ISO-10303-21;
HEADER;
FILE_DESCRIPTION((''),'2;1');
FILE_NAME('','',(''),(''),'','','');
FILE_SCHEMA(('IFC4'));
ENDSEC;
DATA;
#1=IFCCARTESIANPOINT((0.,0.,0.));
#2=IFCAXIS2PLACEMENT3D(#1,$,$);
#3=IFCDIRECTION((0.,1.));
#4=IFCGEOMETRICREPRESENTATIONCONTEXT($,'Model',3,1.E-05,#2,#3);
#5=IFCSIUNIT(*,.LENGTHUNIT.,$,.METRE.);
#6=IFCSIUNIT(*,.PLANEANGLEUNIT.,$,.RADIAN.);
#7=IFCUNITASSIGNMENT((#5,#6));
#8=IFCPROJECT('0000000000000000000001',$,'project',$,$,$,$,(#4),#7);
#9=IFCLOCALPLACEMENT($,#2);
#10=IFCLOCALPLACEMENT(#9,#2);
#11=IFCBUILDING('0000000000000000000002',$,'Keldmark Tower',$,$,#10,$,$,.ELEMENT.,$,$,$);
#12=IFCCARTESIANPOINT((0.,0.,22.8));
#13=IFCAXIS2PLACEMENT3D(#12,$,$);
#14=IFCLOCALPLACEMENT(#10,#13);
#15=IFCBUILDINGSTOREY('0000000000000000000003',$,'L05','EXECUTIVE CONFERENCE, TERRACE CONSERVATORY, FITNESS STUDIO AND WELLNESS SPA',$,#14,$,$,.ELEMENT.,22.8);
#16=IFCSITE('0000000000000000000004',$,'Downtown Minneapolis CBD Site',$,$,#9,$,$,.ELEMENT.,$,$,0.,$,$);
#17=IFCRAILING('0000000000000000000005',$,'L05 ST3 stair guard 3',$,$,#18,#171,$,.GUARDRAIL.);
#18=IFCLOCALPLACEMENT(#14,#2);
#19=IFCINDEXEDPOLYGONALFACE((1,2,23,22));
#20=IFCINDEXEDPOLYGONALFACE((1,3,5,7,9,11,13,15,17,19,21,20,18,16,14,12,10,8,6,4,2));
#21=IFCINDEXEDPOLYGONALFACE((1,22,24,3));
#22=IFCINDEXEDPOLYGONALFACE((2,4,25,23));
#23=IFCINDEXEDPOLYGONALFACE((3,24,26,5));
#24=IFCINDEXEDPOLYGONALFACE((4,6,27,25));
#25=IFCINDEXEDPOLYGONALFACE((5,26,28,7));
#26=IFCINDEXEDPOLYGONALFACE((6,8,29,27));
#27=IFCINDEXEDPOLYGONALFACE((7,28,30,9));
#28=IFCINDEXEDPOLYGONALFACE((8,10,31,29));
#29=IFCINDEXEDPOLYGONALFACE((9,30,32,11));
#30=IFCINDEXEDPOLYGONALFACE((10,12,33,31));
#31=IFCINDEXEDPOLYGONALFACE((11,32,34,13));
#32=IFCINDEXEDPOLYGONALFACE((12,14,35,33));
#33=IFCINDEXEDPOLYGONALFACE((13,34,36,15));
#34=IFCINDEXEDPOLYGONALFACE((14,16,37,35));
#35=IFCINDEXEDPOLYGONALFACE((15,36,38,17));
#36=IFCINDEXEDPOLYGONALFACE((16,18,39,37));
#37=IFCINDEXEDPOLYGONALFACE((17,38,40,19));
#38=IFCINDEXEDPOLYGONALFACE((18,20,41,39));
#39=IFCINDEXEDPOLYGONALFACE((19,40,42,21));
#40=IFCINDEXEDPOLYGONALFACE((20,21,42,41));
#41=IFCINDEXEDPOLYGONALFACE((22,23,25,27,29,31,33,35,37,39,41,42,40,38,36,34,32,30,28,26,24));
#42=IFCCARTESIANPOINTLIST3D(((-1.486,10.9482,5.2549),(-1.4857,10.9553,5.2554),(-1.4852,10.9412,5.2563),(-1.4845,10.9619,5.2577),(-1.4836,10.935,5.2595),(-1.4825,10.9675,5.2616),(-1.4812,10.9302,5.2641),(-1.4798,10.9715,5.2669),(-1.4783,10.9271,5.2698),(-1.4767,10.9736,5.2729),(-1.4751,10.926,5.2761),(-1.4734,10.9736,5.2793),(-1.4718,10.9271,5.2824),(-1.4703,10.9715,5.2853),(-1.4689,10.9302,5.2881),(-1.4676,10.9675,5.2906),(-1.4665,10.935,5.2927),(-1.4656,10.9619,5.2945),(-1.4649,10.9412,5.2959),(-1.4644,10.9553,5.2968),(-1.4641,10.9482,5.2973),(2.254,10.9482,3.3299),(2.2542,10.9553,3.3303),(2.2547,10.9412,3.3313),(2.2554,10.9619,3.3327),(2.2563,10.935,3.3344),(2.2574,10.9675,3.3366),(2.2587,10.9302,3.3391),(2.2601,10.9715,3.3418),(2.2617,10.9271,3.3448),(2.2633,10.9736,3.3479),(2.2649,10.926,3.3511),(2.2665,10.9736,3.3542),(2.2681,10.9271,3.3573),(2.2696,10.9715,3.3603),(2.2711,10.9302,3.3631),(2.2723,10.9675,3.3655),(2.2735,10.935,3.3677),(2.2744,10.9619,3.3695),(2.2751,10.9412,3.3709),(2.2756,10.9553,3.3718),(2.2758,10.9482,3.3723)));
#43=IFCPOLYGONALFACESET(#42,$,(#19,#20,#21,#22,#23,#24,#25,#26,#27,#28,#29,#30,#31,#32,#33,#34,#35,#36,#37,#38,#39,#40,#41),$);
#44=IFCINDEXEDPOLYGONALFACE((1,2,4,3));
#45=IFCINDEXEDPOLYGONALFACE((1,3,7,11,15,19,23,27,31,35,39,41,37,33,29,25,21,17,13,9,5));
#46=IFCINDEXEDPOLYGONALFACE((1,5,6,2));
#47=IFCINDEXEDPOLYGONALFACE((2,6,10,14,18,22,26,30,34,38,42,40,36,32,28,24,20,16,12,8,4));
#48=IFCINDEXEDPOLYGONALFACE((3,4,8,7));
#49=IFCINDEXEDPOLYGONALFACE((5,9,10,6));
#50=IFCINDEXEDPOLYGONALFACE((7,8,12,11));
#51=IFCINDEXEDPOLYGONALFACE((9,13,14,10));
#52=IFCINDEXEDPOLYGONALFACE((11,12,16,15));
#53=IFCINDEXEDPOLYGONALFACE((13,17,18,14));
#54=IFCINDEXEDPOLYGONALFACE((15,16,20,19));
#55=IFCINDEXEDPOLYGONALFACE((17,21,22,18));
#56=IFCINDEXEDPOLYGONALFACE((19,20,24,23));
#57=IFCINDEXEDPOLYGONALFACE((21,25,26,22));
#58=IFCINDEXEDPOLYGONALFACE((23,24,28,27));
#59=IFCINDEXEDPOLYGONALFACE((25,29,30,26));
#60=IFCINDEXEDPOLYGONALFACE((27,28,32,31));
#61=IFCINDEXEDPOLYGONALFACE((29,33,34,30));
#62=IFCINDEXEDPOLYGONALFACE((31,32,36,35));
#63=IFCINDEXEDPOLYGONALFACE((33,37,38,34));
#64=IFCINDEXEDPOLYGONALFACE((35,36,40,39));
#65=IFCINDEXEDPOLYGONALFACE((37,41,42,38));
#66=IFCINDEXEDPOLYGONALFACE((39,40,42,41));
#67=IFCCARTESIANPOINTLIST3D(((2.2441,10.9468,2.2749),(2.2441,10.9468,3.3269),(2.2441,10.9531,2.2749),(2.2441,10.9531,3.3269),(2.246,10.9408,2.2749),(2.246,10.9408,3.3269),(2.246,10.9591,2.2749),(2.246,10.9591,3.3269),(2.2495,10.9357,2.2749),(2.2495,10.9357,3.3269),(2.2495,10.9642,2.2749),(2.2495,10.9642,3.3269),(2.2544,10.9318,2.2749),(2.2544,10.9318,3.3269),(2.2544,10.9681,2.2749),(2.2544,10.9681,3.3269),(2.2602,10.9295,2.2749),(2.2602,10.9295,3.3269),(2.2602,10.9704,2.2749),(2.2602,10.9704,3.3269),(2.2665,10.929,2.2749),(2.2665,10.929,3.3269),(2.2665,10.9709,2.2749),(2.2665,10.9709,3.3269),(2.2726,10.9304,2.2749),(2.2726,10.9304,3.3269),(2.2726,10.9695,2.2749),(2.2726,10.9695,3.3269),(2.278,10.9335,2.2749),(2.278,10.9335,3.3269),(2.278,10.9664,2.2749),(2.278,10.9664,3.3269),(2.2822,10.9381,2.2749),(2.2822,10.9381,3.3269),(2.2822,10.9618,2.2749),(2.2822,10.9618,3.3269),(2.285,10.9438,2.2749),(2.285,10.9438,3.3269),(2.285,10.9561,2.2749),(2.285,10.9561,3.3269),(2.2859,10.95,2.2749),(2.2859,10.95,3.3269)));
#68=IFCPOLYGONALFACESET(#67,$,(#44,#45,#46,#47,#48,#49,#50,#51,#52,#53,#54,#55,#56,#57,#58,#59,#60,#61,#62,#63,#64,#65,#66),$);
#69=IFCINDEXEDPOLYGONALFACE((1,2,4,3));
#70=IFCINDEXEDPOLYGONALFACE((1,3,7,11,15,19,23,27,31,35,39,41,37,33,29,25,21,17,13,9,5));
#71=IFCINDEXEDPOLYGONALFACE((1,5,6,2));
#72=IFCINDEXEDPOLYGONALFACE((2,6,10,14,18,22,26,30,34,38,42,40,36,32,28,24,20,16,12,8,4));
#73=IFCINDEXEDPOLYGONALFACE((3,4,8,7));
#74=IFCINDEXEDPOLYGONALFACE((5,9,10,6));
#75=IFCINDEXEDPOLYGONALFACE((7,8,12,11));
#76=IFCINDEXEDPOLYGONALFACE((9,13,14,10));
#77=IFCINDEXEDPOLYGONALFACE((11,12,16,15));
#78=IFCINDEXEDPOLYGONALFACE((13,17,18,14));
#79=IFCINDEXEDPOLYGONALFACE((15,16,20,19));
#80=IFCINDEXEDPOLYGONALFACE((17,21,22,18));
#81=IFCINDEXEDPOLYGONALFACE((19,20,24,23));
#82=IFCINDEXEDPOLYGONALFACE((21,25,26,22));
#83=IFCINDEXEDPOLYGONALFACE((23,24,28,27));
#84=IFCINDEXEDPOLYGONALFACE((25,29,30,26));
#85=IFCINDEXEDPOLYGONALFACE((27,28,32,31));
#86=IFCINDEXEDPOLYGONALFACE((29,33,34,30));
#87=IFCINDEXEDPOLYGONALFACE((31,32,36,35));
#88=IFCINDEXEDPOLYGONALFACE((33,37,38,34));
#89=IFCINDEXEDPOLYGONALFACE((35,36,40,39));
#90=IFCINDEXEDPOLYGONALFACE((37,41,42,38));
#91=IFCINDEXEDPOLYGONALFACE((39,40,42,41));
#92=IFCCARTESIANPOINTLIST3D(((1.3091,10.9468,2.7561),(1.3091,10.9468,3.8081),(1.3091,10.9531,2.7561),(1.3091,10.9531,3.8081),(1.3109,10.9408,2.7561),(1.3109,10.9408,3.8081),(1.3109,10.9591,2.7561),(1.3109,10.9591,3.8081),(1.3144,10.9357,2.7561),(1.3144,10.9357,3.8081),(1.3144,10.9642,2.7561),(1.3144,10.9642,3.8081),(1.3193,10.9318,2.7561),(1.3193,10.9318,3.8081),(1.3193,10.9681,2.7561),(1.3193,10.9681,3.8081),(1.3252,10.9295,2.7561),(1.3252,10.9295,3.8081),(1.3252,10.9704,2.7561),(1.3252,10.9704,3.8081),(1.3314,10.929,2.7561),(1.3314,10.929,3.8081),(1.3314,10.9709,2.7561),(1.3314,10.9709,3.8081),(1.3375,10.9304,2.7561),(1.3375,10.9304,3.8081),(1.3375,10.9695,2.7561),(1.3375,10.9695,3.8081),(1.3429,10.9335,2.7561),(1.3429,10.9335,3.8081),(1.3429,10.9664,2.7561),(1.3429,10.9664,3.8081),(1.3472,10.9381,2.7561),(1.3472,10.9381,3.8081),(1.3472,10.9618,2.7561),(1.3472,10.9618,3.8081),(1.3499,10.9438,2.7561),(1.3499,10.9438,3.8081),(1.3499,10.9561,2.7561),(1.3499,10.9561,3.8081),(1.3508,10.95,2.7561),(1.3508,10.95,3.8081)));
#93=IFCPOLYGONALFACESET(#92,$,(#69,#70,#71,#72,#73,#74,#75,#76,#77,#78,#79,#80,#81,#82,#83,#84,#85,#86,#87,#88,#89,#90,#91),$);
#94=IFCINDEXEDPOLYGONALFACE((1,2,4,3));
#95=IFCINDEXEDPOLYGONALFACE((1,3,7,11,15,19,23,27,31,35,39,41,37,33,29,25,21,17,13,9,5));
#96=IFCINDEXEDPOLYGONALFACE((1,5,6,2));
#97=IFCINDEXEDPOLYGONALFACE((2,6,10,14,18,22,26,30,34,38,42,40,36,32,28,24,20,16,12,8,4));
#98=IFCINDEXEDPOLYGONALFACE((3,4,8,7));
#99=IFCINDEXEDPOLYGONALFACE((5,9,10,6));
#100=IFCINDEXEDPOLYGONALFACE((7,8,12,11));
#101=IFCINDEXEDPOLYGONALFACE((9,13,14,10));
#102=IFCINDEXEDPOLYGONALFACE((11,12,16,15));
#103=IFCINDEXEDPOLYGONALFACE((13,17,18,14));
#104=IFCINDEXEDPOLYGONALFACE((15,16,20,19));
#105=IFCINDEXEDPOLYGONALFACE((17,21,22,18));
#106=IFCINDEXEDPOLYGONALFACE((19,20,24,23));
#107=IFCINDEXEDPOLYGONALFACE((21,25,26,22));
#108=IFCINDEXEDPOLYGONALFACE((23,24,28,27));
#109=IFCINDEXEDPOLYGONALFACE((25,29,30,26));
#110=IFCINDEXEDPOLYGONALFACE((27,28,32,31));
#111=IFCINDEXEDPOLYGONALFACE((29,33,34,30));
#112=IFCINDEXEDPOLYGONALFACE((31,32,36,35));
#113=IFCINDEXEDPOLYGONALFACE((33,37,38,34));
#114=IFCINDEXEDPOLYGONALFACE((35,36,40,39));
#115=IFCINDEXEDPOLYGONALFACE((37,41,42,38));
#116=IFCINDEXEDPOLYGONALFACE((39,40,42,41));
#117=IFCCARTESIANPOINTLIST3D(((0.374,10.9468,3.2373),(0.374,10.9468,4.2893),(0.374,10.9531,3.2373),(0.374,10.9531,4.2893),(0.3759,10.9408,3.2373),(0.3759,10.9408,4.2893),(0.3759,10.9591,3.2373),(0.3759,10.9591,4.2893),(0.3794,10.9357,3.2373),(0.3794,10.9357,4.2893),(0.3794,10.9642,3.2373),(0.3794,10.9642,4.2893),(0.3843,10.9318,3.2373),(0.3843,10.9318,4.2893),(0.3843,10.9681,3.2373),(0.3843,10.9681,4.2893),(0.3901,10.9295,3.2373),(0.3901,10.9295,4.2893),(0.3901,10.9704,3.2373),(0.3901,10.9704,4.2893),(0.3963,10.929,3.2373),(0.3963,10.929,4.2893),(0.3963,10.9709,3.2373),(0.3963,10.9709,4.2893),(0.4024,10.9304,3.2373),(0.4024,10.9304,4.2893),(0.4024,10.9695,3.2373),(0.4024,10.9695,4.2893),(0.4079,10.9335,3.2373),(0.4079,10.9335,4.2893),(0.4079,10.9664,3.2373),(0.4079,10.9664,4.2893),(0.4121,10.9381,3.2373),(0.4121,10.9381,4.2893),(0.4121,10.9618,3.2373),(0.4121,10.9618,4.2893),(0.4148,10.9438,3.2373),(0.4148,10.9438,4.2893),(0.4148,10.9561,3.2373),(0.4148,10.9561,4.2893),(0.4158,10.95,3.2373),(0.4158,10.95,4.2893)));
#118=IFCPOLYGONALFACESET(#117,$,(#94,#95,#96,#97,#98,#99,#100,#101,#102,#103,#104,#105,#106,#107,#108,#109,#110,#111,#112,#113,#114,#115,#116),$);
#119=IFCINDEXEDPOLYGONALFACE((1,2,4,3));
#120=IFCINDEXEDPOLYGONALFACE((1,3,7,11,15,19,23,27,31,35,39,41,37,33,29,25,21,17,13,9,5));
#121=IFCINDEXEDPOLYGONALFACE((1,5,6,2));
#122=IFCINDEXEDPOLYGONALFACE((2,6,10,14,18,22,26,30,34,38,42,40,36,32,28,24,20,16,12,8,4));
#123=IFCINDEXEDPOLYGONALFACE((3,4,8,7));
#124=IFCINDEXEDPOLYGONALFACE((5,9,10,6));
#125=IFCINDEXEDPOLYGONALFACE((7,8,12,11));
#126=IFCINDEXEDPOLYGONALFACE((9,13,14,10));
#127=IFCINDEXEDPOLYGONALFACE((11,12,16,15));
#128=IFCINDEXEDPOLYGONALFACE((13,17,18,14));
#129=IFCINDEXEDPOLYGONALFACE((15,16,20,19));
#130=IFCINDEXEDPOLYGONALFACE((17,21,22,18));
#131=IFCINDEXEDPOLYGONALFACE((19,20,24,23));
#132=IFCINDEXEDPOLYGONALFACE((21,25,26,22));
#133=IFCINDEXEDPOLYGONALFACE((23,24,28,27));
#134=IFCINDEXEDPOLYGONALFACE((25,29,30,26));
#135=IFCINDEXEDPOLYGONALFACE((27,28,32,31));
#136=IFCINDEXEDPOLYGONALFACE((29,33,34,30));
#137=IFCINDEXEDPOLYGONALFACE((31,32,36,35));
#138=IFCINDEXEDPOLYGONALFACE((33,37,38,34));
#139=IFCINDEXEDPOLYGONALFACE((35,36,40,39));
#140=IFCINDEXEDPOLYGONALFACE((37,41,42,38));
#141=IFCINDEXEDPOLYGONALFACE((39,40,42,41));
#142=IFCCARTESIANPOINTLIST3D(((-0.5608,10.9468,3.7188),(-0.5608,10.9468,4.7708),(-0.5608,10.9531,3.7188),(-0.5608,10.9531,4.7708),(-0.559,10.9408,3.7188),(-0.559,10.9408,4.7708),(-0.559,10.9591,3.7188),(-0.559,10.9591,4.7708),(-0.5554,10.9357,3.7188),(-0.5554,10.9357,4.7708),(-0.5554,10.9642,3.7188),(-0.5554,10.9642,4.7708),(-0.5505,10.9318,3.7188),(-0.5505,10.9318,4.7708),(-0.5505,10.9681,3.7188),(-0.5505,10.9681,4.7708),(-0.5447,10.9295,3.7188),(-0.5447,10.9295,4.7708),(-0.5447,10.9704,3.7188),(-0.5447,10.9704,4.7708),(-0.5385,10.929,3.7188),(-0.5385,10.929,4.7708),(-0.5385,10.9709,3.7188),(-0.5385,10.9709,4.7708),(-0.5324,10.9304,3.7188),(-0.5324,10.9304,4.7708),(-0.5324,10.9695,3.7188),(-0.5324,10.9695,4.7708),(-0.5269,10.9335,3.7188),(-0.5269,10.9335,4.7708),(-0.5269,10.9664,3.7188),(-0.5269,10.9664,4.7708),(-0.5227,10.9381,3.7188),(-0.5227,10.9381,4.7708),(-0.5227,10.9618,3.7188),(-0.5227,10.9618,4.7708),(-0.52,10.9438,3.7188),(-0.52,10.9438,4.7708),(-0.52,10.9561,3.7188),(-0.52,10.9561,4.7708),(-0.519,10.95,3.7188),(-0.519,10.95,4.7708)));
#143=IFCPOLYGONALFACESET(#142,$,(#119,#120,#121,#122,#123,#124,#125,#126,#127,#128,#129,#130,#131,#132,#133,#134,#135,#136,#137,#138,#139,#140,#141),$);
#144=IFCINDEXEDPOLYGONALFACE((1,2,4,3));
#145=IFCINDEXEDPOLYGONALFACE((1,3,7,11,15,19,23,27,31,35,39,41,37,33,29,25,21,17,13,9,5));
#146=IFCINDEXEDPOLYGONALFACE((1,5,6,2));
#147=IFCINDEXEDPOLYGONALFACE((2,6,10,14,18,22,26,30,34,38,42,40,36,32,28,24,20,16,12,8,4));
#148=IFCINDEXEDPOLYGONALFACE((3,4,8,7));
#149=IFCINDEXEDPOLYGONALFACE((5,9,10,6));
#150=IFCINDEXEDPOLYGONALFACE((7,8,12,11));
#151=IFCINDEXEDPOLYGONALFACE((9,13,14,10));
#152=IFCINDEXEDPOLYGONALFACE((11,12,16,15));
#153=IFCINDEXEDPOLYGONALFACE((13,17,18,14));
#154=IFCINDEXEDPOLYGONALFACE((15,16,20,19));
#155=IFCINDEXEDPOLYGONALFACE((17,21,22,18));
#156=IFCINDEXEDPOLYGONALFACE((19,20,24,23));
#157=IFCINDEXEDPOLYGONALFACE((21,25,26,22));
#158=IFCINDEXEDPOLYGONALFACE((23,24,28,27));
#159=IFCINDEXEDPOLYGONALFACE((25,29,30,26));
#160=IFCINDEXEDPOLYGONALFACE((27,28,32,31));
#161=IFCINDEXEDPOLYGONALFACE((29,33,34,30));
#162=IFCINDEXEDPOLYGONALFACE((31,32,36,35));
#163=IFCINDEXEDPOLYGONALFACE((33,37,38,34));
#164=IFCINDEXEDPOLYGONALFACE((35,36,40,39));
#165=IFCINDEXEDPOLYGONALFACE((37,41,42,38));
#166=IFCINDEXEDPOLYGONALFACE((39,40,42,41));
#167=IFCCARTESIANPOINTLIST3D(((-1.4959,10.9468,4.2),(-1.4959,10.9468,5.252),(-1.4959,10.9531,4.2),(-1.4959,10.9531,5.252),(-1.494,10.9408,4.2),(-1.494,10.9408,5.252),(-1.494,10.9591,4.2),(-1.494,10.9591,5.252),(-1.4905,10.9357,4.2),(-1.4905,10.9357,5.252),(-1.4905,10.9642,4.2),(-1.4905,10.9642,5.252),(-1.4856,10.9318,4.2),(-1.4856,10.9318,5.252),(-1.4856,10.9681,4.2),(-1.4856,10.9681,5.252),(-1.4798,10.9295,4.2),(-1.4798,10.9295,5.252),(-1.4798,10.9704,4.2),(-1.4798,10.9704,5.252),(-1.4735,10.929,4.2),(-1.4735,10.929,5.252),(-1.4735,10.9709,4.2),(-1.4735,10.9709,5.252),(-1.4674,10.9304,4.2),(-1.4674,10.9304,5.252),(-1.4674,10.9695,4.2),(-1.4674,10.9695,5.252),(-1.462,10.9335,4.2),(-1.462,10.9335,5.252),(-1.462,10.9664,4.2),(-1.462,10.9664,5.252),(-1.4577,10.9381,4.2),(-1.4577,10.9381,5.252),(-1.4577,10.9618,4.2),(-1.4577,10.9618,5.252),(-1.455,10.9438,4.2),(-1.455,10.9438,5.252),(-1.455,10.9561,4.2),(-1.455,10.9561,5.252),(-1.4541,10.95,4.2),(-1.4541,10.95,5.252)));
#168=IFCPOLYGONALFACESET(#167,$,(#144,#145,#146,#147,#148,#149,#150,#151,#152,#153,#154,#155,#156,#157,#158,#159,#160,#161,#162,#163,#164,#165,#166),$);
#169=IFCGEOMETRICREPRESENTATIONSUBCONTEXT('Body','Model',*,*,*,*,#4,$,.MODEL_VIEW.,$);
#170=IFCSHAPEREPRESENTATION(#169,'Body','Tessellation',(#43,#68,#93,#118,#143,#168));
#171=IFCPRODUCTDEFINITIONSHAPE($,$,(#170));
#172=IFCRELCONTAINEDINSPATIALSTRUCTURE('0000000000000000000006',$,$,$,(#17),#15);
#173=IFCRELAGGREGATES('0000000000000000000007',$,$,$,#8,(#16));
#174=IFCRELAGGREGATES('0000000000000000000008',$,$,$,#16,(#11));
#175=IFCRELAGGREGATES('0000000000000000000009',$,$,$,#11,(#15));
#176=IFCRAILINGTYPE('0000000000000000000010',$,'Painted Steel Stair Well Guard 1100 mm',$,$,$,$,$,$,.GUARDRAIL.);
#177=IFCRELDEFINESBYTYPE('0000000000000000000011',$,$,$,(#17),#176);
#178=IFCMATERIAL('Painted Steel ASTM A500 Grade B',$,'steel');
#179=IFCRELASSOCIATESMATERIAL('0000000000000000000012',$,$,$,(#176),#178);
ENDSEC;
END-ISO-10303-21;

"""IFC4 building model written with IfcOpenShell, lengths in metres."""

from ifc_helpers import new_model, si_unit, direction, frame, origin, origin_2d, place, context, subcontext, project, spatial, circle, extrude, material, type_object, element, save


model = new_model("IFC4")

# Units and contexts
model_context = context("Model", 3, precision=1e-05, world=origin(), true_north=direction((0.0, 1.0)))
body_context = subcontext(model_context, "Body", "Model", "MODEL_VIEW")
ifc_project = project(units=[si_unit("LENGTHUNIT", "METRE"), si_unit("PLANEANGLEUNIT", "RADIAN")], contexts=[model_context])

# Site, building, storey
site_placement = place(None, origin())
site = spatial("IfcSite", under=ifc_project, at=site_placement, Name="Downtown Minneapolis CBD Site", CompositionType="ELEMENT", RefElevation=0.0)
building_placement = place(site_placement, origin())
building = spatial("IfcBuilding", under=site, at=building_placement, Name="Keldmark Tower", CompositionType="ELEMENT")
storey_placement = place(building_placement, frame((0.0, 0.0, 22.8)))
storey = spatial("IfcBuildingStorey", under=building, at=storey_placement, Name="L05", Description="EXECUTIVE CONFERENCE, TERRACE CONSERVATORY, FITNESS STUDIO AND WELLNESS SPA", CompositionType="ELEMENT", Elevation=22.8)

# Railing
ifc_material_1 = material(Name="Painted Steel ASTM A500 Grade B", Category="steel")
railing_type_1 = type_object("IfcRailingType", Name="Painted Steel Stair Well Guard 1100 mm", PredefinedType="GUARDRAIL", material=ifc_material_1)
railing_1_placement = place(storey_placement, frame((2.2649, 10.95, 2.2749)))
element("IfcRailing", 1, at=railing_1_placement, inside=storey, type_object=railing_type_1, Name="L05 ST3 stair guard 3", PredefinedType="GUARDRAIL", context=body_context, shape_type="SweptSolid", body=[
    extrude(circle(Radius=0.0239, at=origin_2d()), frame((0.0, 0.0, 1.0762), z_axis=(-0.889131, 0.0, 0.457654), x_axis=(0.0, -1.0, 0.0)), (0.0, 0.0, 1.0), 4.2063),
    extrude(circle(Radius=0.021, at=origin_2d()), origin(), (0.0, 0.0, 1.0), 1.052),
    extrude(circle(Radius=0.021, at=origin_2d()), frame((-0.9351, 0.0, 0.4812)), (0.0, 0.0, 1.0), 1.052),
    extrude(circle(Radius=0.021, at=origin_2d()), frame((-1.8701, 0.0, 0.9624)), (0.0, 0.0, 1.0), 1.052),
    extrude(circle(Radius=0.021, at=origin_2d()), frame((-2.8049, 0.0, 1.4438)), (0.0, 0.0, 1.0), 1.052),
    extrude(circle(Radius=0.021, at=origin_2d()), frame((-3.74, 0.0, 1.925)), (0.0, 0.0, 1.0), 1.052),
])

save(model, "model.ifc")
